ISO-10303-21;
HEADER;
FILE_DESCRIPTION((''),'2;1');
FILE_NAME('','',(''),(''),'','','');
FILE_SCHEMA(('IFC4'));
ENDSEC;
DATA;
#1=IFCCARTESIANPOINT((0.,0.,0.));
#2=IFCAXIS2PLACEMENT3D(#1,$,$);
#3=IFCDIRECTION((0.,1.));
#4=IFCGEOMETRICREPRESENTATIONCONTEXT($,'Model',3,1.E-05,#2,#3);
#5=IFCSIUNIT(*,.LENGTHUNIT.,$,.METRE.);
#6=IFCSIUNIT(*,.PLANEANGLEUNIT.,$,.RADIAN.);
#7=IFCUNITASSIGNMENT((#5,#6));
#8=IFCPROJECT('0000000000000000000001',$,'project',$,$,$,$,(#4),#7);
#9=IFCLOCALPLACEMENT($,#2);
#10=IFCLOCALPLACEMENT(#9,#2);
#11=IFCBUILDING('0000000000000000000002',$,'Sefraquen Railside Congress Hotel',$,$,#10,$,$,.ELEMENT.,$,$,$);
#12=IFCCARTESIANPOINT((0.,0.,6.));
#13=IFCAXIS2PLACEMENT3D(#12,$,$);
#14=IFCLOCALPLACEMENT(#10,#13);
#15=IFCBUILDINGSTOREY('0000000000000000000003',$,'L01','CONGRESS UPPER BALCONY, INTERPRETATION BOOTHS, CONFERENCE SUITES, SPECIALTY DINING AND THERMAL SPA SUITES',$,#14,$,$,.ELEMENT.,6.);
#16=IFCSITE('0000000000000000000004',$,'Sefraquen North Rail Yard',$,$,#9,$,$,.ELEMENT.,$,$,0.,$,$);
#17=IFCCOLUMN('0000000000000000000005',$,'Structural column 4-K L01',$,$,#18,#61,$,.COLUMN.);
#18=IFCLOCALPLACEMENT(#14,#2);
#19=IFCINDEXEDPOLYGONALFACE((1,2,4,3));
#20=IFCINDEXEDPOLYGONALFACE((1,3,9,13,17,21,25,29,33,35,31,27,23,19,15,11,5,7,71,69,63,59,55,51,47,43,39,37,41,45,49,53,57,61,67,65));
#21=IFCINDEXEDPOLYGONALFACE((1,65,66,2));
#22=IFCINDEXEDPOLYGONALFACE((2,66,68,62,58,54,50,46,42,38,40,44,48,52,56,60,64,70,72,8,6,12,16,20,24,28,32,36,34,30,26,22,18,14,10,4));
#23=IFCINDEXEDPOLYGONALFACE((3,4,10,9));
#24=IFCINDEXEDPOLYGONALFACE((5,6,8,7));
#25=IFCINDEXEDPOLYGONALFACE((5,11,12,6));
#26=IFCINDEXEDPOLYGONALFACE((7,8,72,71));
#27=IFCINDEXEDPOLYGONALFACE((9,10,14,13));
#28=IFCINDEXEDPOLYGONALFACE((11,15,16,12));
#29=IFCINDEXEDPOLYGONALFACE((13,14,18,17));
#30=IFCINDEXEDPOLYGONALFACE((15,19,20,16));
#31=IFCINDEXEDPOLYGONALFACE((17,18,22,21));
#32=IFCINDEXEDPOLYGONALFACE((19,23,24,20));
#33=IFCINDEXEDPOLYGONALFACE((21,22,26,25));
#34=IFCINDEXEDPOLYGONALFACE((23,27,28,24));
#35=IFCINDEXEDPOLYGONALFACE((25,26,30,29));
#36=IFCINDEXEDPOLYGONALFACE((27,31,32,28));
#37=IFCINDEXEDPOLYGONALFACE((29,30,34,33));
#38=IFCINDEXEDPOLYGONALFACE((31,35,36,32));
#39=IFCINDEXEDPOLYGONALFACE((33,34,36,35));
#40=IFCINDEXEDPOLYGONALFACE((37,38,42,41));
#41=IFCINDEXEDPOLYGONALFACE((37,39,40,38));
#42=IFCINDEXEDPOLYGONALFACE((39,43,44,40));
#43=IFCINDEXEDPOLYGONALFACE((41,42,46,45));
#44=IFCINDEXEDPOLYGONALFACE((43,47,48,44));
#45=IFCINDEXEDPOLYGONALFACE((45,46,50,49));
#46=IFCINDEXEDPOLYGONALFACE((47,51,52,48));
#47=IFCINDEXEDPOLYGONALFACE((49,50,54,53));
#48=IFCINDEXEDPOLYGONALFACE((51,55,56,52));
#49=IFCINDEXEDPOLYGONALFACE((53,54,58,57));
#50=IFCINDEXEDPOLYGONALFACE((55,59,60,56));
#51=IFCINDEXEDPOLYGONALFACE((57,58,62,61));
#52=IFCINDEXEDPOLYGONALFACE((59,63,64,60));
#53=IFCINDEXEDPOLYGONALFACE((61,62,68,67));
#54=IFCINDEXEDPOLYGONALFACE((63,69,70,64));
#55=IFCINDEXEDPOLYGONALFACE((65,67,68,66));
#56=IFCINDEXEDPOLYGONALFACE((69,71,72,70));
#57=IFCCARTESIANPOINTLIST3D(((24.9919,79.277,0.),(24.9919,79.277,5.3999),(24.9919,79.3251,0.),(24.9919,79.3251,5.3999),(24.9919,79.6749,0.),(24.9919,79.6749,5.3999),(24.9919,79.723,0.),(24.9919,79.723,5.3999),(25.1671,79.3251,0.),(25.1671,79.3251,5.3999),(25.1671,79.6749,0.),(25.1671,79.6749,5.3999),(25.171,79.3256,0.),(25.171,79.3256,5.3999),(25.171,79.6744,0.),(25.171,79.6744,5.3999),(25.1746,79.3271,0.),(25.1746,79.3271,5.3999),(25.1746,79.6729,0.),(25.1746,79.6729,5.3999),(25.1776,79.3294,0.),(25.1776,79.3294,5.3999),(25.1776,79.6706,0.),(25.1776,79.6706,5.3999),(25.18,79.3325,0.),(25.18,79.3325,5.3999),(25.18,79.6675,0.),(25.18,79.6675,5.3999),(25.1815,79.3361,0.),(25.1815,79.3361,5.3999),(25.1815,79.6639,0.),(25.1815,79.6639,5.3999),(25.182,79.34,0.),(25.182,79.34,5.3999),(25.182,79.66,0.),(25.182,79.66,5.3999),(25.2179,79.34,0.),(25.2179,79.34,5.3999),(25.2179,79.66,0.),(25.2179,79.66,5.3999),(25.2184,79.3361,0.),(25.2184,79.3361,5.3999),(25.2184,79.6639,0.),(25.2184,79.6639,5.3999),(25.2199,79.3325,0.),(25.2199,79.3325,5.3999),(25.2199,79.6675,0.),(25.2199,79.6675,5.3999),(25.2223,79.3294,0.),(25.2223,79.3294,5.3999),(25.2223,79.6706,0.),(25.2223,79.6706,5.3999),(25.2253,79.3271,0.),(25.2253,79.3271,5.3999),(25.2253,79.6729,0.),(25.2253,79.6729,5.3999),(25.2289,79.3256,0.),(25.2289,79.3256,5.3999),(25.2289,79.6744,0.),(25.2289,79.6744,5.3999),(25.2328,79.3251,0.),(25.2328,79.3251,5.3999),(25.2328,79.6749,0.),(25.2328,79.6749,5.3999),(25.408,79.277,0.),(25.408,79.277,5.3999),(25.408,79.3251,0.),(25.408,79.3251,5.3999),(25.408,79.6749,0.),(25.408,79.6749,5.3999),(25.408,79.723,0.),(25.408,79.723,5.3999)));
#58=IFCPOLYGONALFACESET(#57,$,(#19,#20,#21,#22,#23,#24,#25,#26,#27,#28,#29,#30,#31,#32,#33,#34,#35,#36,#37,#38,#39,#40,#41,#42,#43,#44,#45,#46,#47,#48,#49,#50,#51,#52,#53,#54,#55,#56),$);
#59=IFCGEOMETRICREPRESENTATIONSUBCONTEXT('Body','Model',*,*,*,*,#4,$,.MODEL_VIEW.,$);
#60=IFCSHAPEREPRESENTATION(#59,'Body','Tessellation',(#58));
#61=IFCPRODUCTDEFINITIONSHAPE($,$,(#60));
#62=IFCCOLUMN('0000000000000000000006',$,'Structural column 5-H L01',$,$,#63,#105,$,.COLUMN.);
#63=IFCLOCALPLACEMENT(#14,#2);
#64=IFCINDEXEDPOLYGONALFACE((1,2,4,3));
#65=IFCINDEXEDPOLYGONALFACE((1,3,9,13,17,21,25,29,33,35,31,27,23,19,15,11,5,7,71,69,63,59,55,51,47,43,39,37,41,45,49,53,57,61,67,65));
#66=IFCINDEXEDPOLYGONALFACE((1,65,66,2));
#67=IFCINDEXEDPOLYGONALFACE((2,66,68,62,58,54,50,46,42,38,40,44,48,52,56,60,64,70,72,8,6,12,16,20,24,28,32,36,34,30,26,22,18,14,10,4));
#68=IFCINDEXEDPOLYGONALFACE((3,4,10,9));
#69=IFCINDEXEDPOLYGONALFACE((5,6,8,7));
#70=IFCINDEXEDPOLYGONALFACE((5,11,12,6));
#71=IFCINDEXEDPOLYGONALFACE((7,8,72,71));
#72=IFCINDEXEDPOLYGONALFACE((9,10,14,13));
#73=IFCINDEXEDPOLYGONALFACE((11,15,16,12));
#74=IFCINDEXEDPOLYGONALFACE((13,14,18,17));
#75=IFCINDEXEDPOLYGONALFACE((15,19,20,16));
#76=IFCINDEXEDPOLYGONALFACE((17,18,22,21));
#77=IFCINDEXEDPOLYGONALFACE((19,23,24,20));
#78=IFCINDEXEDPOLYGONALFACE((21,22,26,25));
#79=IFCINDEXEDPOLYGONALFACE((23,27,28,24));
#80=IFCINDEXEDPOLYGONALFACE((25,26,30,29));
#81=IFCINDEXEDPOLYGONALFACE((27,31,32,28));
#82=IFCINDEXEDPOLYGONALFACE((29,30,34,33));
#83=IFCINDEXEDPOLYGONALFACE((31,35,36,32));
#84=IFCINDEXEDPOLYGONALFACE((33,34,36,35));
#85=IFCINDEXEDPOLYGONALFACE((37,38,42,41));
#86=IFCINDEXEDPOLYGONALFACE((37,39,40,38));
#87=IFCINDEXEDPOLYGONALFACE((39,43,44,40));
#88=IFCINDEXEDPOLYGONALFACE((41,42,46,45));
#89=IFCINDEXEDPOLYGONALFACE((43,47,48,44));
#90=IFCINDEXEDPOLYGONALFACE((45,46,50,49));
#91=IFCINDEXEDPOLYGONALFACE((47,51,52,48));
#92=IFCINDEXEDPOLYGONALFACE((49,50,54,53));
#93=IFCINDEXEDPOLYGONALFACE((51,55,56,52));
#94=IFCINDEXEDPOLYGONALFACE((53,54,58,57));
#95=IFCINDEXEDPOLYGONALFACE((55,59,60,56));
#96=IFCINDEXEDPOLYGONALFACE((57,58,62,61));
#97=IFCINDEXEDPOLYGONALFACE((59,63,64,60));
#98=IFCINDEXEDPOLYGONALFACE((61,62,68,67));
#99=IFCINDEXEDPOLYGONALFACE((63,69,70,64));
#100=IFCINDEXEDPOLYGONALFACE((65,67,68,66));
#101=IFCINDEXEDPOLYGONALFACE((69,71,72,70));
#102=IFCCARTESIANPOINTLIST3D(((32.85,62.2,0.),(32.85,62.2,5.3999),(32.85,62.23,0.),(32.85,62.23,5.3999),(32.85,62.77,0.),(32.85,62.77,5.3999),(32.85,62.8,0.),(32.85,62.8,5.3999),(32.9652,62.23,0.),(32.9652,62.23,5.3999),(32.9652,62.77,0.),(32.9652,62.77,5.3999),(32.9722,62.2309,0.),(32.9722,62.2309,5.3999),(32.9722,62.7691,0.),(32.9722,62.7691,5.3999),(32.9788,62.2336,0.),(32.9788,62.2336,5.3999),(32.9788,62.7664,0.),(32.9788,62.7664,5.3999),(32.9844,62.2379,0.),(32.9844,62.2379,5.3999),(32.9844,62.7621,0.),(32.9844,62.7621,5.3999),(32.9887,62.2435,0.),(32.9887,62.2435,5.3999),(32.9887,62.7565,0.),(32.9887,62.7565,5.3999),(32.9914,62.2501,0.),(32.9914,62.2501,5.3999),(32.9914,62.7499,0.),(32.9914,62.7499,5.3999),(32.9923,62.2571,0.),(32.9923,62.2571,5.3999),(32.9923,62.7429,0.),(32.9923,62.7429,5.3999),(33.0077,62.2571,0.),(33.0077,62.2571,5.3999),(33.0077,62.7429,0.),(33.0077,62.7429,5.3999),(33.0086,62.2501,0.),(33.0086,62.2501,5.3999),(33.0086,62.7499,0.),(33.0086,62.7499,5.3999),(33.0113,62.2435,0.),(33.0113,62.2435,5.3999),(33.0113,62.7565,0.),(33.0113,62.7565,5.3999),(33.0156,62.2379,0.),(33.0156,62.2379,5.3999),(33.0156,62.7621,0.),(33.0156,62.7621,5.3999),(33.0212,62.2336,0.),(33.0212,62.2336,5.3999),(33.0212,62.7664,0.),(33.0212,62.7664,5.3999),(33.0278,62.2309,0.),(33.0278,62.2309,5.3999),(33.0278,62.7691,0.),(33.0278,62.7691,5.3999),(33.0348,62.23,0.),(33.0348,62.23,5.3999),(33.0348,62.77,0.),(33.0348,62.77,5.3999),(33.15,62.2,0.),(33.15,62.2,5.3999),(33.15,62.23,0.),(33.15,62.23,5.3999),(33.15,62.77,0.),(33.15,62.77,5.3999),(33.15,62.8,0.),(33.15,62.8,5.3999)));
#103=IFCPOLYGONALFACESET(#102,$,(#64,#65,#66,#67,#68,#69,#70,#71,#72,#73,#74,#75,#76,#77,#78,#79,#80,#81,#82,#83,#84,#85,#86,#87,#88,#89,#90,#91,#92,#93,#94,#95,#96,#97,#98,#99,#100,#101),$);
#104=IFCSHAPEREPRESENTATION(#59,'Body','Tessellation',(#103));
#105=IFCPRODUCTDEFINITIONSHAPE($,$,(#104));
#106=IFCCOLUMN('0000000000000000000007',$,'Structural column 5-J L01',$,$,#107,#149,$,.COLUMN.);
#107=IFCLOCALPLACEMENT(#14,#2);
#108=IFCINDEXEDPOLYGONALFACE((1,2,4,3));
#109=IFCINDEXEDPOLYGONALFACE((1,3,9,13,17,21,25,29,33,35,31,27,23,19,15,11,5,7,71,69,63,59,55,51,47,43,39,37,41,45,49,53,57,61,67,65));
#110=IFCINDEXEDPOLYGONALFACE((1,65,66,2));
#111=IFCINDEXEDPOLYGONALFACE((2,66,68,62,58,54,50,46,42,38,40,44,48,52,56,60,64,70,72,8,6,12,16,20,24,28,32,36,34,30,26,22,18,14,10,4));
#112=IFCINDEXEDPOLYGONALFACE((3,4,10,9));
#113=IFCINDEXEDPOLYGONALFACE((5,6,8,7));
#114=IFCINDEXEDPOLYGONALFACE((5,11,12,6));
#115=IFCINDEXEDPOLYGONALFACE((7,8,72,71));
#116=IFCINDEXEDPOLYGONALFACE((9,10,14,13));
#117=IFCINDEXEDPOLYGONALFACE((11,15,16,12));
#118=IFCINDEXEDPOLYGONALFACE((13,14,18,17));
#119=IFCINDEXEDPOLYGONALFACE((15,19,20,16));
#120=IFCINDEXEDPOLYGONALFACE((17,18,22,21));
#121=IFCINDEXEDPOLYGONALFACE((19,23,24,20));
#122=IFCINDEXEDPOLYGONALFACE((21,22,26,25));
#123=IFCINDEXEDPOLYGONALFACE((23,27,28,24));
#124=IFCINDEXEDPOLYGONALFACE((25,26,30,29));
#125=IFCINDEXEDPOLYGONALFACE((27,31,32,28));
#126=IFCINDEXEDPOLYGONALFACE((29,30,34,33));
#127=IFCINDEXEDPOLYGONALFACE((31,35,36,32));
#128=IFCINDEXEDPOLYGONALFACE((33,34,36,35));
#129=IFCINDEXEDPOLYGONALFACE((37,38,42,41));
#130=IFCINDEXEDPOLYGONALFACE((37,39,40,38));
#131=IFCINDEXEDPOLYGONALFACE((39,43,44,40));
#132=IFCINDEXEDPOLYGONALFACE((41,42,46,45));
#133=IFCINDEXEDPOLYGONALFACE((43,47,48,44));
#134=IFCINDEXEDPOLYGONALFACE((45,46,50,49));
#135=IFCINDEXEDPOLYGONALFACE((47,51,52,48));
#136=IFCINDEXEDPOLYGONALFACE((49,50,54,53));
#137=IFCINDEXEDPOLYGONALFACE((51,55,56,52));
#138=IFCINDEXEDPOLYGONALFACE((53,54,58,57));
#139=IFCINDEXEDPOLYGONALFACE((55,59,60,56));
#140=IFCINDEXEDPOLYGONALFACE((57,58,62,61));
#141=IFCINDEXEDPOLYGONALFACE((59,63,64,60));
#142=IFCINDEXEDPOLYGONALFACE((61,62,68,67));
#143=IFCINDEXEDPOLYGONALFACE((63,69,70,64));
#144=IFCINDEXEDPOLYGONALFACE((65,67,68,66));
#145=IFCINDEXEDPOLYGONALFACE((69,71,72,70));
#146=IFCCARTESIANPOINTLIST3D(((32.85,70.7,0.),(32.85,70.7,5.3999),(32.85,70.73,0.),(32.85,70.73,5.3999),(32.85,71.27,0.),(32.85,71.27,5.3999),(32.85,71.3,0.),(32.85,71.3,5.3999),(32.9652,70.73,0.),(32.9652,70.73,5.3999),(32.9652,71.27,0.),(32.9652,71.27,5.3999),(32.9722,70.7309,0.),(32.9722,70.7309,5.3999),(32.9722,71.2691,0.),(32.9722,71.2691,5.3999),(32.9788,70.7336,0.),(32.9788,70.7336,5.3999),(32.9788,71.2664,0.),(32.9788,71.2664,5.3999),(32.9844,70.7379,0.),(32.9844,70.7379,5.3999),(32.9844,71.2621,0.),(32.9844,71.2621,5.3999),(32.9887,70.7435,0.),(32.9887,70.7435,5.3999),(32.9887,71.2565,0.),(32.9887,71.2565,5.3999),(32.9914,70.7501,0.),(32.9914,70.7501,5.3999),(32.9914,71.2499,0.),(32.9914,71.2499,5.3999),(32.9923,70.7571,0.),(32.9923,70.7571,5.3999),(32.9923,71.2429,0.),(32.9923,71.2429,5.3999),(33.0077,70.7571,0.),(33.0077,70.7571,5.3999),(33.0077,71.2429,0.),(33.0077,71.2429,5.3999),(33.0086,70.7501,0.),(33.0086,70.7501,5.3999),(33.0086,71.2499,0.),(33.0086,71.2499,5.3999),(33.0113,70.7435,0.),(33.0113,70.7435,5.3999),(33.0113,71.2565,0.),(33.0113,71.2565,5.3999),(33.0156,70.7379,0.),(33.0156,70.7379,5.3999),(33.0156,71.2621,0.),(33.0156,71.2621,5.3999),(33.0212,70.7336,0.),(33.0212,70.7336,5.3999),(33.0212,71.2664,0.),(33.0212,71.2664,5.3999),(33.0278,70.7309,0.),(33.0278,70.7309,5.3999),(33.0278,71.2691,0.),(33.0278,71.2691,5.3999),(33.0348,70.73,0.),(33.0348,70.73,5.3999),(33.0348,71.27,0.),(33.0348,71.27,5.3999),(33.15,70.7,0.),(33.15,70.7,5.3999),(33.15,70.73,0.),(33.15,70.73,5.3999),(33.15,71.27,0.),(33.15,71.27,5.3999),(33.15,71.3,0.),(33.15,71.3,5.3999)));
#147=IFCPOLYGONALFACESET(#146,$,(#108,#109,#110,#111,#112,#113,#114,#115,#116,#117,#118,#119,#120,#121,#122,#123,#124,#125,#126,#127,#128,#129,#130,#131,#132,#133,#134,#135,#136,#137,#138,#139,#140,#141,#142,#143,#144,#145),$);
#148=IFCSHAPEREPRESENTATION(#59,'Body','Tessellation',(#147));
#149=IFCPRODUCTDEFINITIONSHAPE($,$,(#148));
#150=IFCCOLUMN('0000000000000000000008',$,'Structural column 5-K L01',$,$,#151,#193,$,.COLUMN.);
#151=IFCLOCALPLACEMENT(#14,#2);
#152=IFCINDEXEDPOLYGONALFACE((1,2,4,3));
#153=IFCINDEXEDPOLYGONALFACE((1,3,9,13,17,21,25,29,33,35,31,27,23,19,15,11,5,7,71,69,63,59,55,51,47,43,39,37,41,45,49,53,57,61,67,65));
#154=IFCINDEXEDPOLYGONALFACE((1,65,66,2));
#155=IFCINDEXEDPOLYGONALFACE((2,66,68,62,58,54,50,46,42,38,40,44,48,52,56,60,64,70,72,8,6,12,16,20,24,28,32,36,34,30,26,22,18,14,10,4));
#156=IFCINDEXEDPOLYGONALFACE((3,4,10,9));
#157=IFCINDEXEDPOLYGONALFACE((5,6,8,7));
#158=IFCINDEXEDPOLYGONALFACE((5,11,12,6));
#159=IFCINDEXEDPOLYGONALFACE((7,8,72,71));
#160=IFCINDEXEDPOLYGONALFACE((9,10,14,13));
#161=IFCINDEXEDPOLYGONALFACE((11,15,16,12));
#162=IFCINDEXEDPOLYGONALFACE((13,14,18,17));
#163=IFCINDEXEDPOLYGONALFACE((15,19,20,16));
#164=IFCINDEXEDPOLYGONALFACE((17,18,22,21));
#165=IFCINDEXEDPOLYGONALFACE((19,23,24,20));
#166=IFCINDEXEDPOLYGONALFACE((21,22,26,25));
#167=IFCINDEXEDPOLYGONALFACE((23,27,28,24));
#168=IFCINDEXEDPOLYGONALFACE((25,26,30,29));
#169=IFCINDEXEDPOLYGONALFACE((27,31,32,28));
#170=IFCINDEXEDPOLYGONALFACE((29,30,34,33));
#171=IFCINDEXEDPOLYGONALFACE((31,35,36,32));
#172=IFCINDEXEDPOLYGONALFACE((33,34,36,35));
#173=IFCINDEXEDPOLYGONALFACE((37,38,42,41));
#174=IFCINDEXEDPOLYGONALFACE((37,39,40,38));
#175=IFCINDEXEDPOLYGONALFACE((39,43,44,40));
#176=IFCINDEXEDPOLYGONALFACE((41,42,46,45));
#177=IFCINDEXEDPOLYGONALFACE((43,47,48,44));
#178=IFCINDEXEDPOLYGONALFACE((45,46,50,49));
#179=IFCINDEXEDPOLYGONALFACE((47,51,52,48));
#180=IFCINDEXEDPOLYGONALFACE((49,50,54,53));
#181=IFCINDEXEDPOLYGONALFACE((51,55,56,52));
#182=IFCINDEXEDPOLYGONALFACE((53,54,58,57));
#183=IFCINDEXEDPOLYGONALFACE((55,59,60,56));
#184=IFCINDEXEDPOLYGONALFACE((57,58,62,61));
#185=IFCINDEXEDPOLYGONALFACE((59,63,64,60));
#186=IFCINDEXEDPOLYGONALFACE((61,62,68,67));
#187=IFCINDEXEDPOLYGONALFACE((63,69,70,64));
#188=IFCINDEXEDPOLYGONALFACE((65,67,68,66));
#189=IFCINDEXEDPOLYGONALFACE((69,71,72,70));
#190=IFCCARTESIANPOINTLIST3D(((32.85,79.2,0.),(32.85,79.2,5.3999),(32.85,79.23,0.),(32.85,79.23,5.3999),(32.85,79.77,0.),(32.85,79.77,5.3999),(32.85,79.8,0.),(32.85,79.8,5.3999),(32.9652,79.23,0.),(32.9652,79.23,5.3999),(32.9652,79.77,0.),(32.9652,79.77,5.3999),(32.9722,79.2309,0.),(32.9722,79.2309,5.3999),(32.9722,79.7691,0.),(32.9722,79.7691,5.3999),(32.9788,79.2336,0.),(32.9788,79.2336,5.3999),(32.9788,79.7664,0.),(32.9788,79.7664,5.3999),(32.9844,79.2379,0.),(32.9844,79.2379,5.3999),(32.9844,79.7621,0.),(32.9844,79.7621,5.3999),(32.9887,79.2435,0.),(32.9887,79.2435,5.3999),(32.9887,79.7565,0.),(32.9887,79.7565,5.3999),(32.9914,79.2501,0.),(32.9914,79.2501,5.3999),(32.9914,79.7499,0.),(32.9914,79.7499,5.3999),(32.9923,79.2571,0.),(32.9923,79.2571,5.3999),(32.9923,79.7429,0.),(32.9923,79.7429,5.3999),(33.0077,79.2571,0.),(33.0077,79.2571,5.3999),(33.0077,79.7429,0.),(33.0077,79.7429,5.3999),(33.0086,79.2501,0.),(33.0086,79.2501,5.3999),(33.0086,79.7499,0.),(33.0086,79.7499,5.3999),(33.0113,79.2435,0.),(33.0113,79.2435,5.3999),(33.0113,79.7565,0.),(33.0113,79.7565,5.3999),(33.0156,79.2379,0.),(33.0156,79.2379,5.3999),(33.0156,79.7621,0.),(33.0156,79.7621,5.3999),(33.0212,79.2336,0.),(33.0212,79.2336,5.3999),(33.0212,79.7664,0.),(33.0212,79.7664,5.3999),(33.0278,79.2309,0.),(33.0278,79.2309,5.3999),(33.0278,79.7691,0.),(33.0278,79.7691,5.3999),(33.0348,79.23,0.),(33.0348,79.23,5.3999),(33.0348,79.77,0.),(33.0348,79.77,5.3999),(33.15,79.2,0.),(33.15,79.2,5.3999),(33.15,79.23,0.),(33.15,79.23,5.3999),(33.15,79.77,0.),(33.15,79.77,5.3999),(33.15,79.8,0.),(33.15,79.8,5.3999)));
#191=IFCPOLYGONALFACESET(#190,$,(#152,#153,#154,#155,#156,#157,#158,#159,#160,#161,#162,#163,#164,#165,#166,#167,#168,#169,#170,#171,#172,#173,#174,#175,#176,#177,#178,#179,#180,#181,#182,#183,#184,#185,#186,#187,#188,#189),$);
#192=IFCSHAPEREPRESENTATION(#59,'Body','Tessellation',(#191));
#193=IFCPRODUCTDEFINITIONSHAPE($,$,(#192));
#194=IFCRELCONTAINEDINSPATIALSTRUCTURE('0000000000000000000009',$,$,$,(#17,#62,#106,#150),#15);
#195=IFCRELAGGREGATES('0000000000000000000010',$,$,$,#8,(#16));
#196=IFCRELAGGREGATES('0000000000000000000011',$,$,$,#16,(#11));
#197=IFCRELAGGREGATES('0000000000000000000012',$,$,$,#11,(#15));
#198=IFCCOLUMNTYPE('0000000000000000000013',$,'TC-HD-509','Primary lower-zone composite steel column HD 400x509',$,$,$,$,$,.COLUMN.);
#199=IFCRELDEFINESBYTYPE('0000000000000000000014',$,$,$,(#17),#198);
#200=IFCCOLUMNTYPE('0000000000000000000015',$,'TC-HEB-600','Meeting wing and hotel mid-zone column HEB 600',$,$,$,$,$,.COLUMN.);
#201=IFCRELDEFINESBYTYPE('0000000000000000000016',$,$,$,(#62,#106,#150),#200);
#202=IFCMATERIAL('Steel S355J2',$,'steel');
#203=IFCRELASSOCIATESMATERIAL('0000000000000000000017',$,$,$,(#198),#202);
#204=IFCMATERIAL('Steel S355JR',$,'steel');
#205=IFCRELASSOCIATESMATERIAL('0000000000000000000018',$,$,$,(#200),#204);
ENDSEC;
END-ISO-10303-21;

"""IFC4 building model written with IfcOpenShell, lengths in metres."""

from ifc_helpers import new_model, si_unit, direction, frame, origin, origin_2d, place, context, subcontext, project, spatial, i_section, extrude, material, material_profile, profile_set, type_object, element, save


model = new_model("IFC4")

# Units and contexts
model_context = context("Model", 3, precision=1e-05, world=origin(), true_north=direction((0.0, 1.0)))
body_context = subcontext(model_context, "Body", "Model", "MODEL_VIEW")
ifc_project = project(units=[si_unit("LENGTHUNIT", "METRE"), si_unit("PLANEANGLEUNIT", "RADIAN")], contexts=[model_context])

# Site, building, storey
site_placement = place(None, origin())
site = spatial("IfcSite", under=ifc_project, at=site_placement, Name="Sefraquen North Rail Yard", CompositionType="ELEMENT", RefElevation=0.0)
building_placement = place(site_placement, origin())
building = spatial("IfcBuilding", under=site, at=building_placement, Name="Sefraquen Railside Congress Hotel", CompositionType="ELEMENT")
storey_placement = place(building_placement, frame((0.0, 0.0, 6.0)))
storey = spatial("IfcBuildingStorey", under=building, at=storey_placement, Name="L01", Description="CONGRESS UPPER BALCONY, INTERPRETATION BOOTHS, CONFERENCE SUITES, SPECIALTY DINING AND THERMAL SPA SUITES", CompositionType="ELEMENT", Elevation=6.0)

# Columns
ifc_material_1 = material(Name="Steel S355J2", Category="steel")
ifc_material_profile_1 = material_profile(ifc_material_1, i_section(OverallWidth=0.416, OverallDepth=0.446, WebThickness=0.0359, FlangeThickness=0.0481, FilletRadius=0.0149, at=origin_2d()), Name="HD 400x509")
ifc_profile_set_1 = profile_set([ifc_material_profile_1], Name="Steel S355J2")
column_type_1 = type_object("IfcColumnType", Name="TC-HD-509", Description="Primary lower-zone composite steel column HD 400x509", PredefinedType="COLUMN", material=ifc_profile_set_1)
column_placement = place(storey_placement, frame((25.2, 79.5, 0.0), z_axis=(0.0, 0.0, 1.0), x_axis=(1.0, 0.0, 0.0)))
element("IfcColumn", 1, at=column_placement, inside=storey, type_object=column_type_1, Name="Structural column 4-K L01", PredefinedType="COLUMN", context=body_context, shape_type="SweptSolid", body=[
    extrude(i_section(OverallWidth=0.416, OverallDepth=0.446, WebThickness=0.0359, FlangeThickness=0.0481, FilletRadius=0.0149, at=origin_2d()), origin(), (0.0, 0.0, 1.0), 5.3999),
])
ifc_material_2 = material(Name="Steel S355JR", Category="steel")
ifc_material_profile_2 = material_profile(ifc_material_2, i_section(OverallWidth=0.3, OverallDepth=0.6001, WebThickness=0.0154, FlangeThickness=0.03, FilletRadius=0.0271, at=origin_2d()), Name="HEB 600")
ifc_profile_set_2 = profile_set([ifc_material_profile_2], Name="Steel S355JR")
column_type_2 = type_object("IfcColumnType", Name="TC-HEB-600", Description="Meeting wing and hotel mid-zone column HEB 600", PredefinedType="COLUMN", material=ifc_profile_set_2)
for number, where, z_axis, x_axis, name in (
    (2, (33.0, 62.5, 0.0), (0.0, 0.0, 1.0), (1.0, 0.0, 0.0), "Structural column 5-H L01"),
    (3, (33.0, 71.0, 0.0), (0.0, 0.0, 1.0), (1.0, 0.0, 0.0), "Structural column 5-J L01"),
    (4, (33.0, 79.5, 0.0), (0.0, 0.0, 1.0), (1.0, 0.0, 0.0), "Structural column 5-K L01"),
):
    element("IfcColumn", number, at=place(storey_placement, frame(where, z_axis=z_axis, x_axis=x_axis)), inside=storey, type_object=column_type_2, Name=name, PredefinedType="COLUMN", context=body_context, shape_type="SweptSolid", body=[
        extrude(i_section(OverallWidth=0.3, OverallDepth=0.6001, WebThickness=0.0154, FlangeThickness=0.03, FilletRadius=0.0271, at=origin_2d()), origin(), (0.0, 0.0, 1.0), 5.3999),
    ])

save(model, "model.ifc")
